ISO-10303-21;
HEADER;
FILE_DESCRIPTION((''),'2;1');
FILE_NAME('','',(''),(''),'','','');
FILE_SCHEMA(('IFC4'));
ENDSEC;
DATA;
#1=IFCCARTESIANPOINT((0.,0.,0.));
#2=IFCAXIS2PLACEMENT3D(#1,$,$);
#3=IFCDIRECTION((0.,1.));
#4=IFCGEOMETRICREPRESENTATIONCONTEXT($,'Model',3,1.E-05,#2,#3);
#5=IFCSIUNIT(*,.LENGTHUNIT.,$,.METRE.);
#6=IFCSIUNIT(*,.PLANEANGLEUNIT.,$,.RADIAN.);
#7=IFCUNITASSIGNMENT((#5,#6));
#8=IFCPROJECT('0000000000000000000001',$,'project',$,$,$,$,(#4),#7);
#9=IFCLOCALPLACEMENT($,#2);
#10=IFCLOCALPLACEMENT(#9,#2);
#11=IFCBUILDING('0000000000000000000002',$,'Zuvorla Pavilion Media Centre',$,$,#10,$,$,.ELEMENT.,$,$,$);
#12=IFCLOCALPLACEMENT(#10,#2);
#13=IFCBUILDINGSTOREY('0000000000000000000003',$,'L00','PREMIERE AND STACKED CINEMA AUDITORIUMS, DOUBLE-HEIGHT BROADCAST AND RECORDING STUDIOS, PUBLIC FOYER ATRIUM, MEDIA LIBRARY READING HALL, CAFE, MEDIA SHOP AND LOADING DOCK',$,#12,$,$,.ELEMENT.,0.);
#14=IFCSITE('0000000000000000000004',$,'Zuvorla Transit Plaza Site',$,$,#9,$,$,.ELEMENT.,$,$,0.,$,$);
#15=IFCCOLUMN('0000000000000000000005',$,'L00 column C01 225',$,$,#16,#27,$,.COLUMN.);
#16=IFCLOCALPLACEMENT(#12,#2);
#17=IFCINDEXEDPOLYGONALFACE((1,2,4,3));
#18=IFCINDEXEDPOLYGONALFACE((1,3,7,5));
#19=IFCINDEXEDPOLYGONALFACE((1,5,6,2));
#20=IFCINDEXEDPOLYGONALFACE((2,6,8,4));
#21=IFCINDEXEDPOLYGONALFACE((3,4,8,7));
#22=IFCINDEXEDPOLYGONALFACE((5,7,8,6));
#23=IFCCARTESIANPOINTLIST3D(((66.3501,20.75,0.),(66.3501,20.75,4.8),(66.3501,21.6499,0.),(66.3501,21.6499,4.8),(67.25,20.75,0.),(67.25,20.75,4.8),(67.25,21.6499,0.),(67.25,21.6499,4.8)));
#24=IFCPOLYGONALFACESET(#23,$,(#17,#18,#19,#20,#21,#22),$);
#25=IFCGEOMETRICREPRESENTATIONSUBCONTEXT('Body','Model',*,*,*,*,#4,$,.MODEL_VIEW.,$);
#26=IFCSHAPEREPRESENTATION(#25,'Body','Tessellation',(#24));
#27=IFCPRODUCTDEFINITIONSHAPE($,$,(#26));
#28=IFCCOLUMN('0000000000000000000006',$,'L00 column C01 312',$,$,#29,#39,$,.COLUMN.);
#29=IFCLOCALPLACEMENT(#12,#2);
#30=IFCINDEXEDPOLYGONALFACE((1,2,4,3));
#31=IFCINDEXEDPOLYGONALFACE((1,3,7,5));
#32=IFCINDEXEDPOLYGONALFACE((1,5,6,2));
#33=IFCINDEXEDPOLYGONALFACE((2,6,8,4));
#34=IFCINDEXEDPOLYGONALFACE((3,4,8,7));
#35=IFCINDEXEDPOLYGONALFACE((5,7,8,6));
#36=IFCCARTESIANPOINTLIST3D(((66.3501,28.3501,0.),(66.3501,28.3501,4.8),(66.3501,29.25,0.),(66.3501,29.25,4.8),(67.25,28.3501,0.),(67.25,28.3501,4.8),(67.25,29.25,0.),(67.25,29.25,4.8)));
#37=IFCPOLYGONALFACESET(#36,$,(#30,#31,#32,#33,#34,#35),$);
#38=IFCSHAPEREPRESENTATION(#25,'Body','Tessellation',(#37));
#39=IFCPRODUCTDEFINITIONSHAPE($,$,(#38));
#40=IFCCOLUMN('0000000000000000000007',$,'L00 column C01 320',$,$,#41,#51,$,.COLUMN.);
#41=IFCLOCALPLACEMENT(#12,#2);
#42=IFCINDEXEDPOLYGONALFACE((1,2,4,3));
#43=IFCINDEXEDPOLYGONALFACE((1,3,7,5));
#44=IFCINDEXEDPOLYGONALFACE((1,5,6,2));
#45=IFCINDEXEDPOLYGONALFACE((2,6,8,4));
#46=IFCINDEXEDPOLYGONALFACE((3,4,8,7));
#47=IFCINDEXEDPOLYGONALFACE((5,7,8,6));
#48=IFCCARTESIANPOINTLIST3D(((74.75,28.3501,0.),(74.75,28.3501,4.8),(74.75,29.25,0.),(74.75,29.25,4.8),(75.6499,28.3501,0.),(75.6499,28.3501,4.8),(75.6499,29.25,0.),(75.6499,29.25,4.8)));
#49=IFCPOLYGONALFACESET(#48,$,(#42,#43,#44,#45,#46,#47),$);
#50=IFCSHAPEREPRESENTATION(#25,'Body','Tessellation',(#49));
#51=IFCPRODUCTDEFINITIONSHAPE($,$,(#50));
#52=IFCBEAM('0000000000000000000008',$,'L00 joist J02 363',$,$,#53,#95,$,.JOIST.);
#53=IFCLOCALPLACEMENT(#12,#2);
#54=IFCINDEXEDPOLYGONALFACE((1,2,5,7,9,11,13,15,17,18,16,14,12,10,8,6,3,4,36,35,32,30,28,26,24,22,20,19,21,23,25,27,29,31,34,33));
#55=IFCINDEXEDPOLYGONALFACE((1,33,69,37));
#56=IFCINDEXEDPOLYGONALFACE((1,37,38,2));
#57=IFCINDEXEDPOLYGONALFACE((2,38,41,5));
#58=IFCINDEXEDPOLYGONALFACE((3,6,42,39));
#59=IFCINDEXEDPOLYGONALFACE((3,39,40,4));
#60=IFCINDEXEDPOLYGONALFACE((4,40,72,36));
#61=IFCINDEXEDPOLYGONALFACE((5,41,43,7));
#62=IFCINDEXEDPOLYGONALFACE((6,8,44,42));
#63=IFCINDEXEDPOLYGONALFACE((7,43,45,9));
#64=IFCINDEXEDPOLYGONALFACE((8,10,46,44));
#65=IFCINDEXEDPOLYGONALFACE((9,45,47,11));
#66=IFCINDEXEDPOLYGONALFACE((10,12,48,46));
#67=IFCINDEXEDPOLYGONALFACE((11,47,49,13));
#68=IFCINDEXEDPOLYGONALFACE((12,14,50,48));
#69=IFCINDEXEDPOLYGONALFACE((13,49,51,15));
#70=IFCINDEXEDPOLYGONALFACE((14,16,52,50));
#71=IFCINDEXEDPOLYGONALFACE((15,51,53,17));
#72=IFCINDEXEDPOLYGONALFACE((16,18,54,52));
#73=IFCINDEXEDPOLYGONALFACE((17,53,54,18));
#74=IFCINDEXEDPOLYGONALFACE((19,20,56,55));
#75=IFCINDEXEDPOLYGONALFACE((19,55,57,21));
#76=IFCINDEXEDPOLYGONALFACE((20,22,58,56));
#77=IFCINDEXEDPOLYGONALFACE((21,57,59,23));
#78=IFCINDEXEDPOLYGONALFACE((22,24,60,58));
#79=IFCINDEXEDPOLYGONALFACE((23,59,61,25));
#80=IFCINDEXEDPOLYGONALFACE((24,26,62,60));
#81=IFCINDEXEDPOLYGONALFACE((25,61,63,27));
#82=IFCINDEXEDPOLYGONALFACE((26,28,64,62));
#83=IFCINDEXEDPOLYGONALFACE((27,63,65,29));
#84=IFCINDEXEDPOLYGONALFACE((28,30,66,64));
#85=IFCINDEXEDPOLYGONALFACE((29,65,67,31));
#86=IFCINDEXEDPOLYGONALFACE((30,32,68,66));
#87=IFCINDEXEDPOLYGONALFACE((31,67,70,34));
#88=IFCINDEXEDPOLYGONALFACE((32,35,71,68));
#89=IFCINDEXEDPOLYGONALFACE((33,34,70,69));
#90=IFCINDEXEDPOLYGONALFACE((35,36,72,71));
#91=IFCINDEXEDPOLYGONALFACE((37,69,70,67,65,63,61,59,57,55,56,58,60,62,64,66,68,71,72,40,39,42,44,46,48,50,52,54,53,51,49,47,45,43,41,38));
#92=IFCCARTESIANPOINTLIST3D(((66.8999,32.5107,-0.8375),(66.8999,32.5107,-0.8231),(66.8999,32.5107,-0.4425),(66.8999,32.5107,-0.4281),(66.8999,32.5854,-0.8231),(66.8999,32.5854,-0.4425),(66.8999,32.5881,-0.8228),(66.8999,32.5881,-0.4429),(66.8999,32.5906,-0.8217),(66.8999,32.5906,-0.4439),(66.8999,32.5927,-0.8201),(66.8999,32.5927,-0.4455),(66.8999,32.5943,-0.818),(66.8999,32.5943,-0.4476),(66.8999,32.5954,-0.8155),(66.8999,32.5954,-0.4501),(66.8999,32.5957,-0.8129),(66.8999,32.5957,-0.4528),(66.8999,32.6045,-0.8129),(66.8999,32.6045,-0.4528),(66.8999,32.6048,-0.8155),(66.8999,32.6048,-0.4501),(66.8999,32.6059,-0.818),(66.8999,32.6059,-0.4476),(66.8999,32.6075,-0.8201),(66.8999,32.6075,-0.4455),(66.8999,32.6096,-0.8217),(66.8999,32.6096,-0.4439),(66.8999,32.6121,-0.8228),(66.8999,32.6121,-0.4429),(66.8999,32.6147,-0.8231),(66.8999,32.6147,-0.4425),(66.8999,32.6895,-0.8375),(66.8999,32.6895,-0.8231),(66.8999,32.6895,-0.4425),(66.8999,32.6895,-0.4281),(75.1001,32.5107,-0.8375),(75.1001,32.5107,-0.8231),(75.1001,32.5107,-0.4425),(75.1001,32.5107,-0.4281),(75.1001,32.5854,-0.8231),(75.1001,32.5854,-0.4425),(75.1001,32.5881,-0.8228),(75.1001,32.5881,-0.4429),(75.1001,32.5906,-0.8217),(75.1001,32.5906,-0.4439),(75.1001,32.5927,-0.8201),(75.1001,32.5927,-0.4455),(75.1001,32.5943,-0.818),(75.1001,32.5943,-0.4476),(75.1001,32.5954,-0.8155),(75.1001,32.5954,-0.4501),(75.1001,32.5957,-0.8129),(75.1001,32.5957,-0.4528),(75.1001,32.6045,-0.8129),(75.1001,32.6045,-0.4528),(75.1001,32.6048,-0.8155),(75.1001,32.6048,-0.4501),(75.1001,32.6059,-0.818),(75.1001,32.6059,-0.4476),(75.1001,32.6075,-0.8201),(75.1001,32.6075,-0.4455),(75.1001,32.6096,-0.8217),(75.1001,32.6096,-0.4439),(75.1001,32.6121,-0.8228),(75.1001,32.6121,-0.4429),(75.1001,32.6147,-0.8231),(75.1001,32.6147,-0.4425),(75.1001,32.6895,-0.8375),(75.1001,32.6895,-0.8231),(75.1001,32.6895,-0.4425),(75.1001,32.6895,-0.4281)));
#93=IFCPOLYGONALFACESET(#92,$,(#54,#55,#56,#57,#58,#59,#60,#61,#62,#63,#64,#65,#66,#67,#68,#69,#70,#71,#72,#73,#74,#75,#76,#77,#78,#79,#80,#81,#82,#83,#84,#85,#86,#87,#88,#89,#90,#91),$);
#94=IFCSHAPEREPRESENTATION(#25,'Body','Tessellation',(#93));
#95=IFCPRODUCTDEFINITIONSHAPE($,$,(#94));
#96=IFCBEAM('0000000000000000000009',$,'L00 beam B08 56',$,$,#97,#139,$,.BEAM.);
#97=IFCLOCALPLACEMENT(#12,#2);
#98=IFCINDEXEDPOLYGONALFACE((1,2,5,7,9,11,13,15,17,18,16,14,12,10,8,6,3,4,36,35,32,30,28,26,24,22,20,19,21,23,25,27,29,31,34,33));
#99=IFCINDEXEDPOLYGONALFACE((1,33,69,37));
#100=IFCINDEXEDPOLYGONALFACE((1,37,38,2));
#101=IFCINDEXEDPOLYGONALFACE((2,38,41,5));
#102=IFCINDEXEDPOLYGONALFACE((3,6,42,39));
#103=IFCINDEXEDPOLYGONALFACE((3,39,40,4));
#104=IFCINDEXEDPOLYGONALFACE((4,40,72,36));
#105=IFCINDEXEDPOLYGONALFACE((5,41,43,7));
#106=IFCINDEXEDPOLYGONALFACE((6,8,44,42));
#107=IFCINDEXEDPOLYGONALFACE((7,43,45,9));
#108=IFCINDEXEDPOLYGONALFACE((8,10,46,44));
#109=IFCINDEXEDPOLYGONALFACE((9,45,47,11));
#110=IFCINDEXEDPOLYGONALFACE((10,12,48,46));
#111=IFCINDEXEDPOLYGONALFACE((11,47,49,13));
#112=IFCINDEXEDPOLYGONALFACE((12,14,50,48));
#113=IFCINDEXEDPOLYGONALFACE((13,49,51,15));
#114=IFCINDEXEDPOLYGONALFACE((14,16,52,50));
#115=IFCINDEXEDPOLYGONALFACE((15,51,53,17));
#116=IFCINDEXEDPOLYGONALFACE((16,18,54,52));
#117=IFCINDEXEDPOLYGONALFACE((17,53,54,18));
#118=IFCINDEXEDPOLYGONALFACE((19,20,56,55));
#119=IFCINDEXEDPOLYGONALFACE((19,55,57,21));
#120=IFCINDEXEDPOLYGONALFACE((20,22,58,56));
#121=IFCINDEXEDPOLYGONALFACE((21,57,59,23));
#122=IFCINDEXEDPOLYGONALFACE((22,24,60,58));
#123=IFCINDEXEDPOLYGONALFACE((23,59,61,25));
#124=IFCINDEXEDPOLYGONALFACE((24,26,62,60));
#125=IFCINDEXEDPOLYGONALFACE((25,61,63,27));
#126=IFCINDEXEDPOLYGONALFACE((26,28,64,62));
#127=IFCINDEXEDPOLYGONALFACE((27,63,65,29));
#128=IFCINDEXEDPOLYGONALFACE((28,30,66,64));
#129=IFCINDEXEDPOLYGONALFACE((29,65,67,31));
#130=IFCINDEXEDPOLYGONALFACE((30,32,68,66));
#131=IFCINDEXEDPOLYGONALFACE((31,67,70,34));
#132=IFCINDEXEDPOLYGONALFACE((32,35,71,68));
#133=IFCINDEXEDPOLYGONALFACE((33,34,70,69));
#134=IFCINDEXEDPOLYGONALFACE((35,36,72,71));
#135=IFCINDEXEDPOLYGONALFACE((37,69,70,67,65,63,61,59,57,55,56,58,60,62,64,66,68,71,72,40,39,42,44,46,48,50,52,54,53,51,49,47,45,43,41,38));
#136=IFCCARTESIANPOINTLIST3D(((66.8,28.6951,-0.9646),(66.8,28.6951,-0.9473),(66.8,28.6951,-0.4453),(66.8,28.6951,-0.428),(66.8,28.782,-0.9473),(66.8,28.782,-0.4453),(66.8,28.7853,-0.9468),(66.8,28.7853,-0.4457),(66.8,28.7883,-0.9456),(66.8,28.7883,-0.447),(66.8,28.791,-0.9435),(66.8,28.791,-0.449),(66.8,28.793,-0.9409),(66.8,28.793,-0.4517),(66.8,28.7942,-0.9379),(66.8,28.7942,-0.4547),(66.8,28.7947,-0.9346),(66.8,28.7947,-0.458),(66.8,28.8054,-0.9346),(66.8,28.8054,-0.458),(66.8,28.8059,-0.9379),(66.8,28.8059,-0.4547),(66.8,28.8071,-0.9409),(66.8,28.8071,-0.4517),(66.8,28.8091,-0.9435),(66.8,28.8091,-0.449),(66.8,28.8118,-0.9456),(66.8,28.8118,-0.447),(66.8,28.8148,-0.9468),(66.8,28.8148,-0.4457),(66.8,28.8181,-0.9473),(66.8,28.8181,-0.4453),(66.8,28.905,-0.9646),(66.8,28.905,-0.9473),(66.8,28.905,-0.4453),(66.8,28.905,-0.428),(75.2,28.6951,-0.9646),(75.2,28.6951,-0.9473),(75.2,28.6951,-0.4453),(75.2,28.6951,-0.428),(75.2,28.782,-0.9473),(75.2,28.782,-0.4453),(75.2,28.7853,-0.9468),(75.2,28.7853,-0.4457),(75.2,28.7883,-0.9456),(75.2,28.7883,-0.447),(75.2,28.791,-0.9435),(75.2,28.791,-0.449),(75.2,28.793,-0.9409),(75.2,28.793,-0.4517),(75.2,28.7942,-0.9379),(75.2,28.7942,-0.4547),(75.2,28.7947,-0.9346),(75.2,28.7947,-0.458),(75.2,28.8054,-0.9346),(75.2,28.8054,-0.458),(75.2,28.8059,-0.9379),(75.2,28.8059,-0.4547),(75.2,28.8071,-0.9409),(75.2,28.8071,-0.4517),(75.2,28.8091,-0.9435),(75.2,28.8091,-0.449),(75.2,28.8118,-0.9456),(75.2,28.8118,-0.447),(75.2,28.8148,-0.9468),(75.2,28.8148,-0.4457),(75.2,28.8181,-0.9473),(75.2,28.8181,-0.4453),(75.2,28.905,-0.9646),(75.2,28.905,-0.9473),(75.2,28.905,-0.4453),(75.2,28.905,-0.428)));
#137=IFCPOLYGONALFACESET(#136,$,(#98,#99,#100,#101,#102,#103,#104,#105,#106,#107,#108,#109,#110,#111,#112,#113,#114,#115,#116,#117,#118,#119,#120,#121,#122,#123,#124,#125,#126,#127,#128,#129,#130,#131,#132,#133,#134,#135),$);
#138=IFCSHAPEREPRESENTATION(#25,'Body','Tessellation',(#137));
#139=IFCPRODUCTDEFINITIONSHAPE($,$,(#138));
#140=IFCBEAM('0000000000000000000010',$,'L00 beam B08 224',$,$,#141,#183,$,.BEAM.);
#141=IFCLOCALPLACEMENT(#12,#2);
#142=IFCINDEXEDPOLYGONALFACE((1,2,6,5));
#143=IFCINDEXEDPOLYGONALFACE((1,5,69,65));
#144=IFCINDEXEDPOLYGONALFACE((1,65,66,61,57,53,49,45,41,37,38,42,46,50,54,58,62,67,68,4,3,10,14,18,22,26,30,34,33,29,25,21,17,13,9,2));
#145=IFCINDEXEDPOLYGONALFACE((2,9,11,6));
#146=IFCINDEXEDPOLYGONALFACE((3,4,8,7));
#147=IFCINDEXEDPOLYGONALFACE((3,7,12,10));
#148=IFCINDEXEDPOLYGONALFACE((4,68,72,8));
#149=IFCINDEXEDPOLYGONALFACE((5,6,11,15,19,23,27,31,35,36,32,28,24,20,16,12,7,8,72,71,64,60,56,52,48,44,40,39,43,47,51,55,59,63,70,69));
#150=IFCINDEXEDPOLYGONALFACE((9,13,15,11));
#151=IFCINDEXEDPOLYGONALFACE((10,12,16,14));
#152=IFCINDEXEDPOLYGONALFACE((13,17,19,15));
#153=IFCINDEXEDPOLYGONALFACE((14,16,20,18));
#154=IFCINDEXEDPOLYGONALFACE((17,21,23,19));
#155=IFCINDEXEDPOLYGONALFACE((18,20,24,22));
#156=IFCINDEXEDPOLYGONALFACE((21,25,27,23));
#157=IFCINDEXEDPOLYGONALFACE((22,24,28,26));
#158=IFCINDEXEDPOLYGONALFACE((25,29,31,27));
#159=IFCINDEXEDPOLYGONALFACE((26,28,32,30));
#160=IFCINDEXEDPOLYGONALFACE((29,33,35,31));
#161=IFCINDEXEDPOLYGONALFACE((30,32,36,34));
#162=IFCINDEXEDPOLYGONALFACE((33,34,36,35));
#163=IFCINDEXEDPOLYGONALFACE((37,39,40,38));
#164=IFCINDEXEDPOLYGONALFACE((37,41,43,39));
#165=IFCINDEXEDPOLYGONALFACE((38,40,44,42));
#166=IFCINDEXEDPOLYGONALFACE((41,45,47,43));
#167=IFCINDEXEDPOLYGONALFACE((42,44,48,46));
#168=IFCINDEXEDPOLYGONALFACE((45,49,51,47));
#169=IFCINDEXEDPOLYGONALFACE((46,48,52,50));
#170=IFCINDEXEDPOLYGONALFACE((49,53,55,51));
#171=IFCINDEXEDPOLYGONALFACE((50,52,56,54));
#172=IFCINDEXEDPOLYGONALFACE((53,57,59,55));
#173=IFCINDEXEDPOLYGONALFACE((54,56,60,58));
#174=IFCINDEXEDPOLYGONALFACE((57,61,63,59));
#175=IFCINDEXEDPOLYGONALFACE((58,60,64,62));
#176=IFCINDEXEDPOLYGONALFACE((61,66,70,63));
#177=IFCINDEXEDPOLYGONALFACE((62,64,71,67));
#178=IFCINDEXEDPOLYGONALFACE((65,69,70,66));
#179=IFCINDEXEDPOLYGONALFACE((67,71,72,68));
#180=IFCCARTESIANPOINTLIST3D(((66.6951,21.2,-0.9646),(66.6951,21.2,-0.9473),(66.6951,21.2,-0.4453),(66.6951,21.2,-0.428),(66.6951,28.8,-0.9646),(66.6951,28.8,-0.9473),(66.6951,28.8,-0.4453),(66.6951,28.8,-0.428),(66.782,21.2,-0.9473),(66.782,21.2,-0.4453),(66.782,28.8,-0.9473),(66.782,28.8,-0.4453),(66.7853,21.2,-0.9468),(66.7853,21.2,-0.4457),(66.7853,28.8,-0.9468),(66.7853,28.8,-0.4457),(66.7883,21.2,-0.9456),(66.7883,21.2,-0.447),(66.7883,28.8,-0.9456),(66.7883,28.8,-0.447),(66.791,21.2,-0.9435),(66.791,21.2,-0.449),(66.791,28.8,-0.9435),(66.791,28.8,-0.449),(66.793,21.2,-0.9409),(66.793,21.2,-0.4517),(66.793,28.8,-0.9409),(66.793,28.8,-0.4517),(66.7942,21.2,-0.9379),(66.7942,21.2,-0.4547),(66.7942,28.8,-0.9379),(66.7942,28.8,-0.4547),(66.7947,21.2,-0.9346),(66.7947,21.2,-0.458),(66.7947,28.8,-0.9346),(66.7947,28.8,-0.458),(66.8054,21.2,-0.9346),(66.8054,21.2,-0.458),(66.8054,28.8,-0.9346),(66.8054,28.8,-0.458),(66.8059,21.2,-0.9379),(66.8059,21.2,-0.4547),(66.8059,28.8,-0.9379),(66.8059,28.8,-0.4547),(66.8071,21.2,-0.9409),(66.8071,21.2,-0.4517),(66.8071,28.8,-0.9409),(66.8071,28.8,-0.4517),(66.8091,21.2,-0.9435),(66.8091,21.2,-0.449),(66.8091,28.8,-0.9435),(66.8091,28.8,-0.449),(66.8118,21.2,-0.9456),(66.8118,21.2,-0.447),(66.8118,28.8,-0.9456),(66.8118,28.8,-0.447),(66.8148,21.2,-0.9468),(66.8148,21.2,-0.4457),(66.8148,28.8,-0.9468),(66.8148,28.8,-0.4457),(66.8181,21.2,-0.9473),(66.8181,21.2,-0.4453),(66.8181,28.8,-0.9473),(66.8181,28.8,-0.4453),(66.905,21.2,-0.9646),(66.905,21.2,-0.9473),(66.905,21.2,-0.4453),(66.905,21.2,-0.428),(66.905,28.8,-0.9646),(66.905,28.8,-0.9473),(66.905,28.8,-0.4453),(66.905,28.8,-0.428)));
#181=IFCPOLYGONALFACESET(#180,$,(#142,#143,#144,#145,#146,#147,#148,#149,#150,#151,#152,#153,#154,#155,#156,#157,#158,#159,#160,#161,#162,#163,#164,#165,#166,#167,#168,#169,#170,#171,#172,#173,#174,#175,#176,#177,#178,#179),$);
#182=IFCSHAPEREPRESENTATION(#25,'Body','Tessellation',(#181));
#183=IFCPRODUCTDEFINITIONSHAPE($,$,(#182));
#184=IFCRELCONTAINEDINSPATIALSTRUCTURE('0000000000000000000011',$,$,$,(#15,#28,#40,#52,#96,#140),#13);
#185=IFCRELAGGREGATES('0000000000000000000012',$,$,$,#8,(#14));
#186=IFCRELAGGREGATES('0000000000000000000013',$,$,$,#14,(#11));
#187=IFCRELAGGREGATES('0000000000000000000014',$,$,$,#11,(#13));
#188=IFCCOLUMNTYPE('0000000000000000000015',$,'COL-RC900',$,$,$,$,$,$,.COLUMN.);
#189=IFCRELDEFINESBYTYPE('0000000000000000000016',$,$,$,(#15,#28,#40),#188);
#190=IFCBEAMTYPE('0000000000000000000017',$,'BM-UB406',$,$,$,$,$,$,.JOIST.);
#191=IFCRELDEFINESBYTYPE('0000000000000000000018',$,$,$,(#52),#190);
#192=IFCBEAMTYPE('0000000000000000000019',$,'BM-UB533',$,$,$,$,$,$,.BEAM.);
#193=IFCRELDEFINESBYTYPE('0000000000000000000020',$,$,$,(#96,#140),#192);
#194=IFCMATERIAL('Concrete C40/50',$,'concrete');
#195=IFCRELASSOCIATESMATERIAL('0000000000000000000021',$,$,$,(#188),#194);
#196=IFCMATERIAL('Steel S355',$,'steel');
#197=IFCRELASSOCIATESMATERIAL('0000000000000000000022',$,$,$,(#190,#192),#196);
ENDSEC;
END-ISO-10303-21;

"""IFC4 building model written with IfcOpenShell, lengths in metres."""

from ifc_helpers import new_model, si_unit, direction, frame, origin, origin_2d, place, context, subcontext, project, spatial, rectangle, i_section, extrude, material, material_profile, profile_set, type_object, element, save


model = new_model("IFC4")

# Units and contexts
model_context = context("Model", 3, precision=1e-05, world=origin(), true_north=direction((0.0, 1.0)))
body_context = subcontext(model_context, "Body", "Model", "MODEL_VIEW")
ifc_project = project(units=[si_unit("LENGTHUNIT", "METRE"), si_unit("PLANEANGLEUNIT", "RADIAN")], contexts=[model_context])

# Site, building, storey
site_placement = place(None, origin())
site = spatial("IfcSite", under=ifc_project, at=site_placement, Name="Zuvorla Transit Plaza Site", CompositionType="ELEMENT", RefElevation=0.0)
building_placement = place(site_placement, origin())
building = spatial("IfcBuilding", under=site, at=building_placement, Name="Zuvorla Pavilion Media Centre", CompositionType="ELEMENT")
storey_placement = place(building_placement, origin())
storey = spatial("IfcBuildingStorey", under=building, at=storey_placement, Name="L00", Description="PREMIERE AND STACKED CINEMA AUDITORIUMS, DOUBLE-HEIGHT BROADCAST AND RECORDING STUDIOS, PUBLIC FOYER ATRIUM, MEDIA LIBRARY READING HALL, CAFE, MEDIA SHOP AND LOADING DOCK", CompositionType="ELEMENT", Elevation=0.0)

# Columns
ifc_material_1 = material(Name="Concrete C40/50", Category="concrete")
ifc_material_profile_1 = material_profile(ifc_material_1, rectangle(XDim=0.8999, YDim=0.8999, at=origin_2d()), Name="RC 900x900")
ifc_profile_set_1 = profile_set([ifc_material_profile_1], Name="Concrete C40/50")
column_type = type_object("IfcColumnType", Name="COL-RC900", PredefinedType="COLUMN", material=ifc_profile_set_1)
for number, where, z_axis, x_axis, name in (
    (1, (66.8, 21.2, 0.0), (0.0, 0.0, 1.0), (1.0, 0.0, 0.0), "L00 column C01 225"),
    (2, (66.8, 28.8, 0.0), (0.0, 0.0, 1.0), (1.0, 0.0, 0.0), "L00 column C01 312"),
    (3, (75.2, 28.8, 0.0), (0.0, 0.0, 1.0), (1.0, 0.0, 0.0), "L00 column C01 320"),
):
    element("IfcColumn", number, at=place(storey_placement, frame(where, z_axis=z_axis, x_axis=x_axis)), inside=storey, type_object=column_type, Name=name, PredefinedType="COLUMN", context=body_context, shape_type="SweptSolid", body=[
        extrude(rectangle(XDim=0.8999, YDim=0.8999, at=origin_2d()), origin(), (0.0, 0.0, 1.0), 4.8),
    ])

# Beams
ifc_material_2 = material(Name="Steel S355", Category="steel")
ifc_material_profile_2 = material_profile(ifc_material_2, i_section(OverallWidth=0.1787, OverallDepth=0.4094, WebThickness=0.0088, FlangeThickness=0.0144, FilletRadius=0.0103, at=origin_2d()), Name="UB 406x178x67")
ifc_profile_set_2 = profile_set([ifc_material_profile_2], Name="Steel S355")
beam_type_1 = type_object("IfcBeamType", Name="BM-UB406", PredefinedType="JOIST", material=ifc_profile_set_2)
beam_1_placement = place(storey_placement, frame((66.8999, 32.6001, -0.6328), z_axis=(1.0, 0.0, 0.0), x_axis=(0.0, 1.0, 0.0)))
element("IfcBeam", 4, at=beam_1_placement, inside=storey, type_object=beam_type_1, Name="L00 joist J02 363", PredefinedType="JOIST", context=body_context, shape_type="SweptSolid", body=[
    extrude(i_section(OverallWidth=0.1787, OverallDepth=0.4094, WebThickness=0.0088, FlangeThickness=0.0144, FilletRadius=0.0103, at=origin_2d()), origin(), (0.0, 0.0, 1.0), 8.2002),
])
ifc_material_profile_3 = material_profile(ifc_material_2, i_section(OverallWidth=0.21, OverallDepth=0.5366, WebThickness=0.0107, FlangeThickness=0.0173, FilletRadius=0.0127, at=origin_2d()), Name="UB 533x210x101")
ifc_profile_set_3 = profile_set([ifc_material_profile_3], Name="Steel S355")
beam_type_2 = type_object("IfcBeamType", Name="BM-UB533", PredefinedType="BEAM", material=ifc_profile_set_3)
beam_2_placement = place(storey_placement, frame((66.8, 28.8, -0.6963), z_axis=(1.0, 0.0, 0.0), x_axis=(0.0, 1.0, 0.0)))
element("IfcBeam", 5, at=beam_2_placement, inside=storey, type_object=beam_type_2, Name="L00 beam B08 56", PredefinedType="BEAM", context=body_context, shape_type="SweptSolid", body=[
    extrude(i_section(OverallWidth=0.21, OverallDepth=0.5366, WebThickness=0.0107, FlangeThickness=0.0173, FilletRadius=0.0127, at=origin_2d()), origin(), (0.0, 0.0, 1.0), 8.3999),
])
beam_3_placement = place(storey_placement, frame((66.8, 21.2, -0.6963), z_axis=(0.0, 1.0, 0.0), x_axis=(-1.0, 0.0, 0.0)))
element("IfcBeam", 6, at=beam_3_placement, inside=storey, type_object=beam_type_2, Name="L00 beam B08 224", PredefinedType="BEAM", context=body_context, shape_type="SweptSolid", body=[
    extrude(i_section(OverallWidth=0.21, OverallDepth=0.5366, WebThickness=0.0107, FlangeThickness=0.0173, FilletRadius=0.0127, at=origin_2d()), origin(), (0.0, 0.0, 1.0), 7.6001),
])

save(model, "model.ifc")
